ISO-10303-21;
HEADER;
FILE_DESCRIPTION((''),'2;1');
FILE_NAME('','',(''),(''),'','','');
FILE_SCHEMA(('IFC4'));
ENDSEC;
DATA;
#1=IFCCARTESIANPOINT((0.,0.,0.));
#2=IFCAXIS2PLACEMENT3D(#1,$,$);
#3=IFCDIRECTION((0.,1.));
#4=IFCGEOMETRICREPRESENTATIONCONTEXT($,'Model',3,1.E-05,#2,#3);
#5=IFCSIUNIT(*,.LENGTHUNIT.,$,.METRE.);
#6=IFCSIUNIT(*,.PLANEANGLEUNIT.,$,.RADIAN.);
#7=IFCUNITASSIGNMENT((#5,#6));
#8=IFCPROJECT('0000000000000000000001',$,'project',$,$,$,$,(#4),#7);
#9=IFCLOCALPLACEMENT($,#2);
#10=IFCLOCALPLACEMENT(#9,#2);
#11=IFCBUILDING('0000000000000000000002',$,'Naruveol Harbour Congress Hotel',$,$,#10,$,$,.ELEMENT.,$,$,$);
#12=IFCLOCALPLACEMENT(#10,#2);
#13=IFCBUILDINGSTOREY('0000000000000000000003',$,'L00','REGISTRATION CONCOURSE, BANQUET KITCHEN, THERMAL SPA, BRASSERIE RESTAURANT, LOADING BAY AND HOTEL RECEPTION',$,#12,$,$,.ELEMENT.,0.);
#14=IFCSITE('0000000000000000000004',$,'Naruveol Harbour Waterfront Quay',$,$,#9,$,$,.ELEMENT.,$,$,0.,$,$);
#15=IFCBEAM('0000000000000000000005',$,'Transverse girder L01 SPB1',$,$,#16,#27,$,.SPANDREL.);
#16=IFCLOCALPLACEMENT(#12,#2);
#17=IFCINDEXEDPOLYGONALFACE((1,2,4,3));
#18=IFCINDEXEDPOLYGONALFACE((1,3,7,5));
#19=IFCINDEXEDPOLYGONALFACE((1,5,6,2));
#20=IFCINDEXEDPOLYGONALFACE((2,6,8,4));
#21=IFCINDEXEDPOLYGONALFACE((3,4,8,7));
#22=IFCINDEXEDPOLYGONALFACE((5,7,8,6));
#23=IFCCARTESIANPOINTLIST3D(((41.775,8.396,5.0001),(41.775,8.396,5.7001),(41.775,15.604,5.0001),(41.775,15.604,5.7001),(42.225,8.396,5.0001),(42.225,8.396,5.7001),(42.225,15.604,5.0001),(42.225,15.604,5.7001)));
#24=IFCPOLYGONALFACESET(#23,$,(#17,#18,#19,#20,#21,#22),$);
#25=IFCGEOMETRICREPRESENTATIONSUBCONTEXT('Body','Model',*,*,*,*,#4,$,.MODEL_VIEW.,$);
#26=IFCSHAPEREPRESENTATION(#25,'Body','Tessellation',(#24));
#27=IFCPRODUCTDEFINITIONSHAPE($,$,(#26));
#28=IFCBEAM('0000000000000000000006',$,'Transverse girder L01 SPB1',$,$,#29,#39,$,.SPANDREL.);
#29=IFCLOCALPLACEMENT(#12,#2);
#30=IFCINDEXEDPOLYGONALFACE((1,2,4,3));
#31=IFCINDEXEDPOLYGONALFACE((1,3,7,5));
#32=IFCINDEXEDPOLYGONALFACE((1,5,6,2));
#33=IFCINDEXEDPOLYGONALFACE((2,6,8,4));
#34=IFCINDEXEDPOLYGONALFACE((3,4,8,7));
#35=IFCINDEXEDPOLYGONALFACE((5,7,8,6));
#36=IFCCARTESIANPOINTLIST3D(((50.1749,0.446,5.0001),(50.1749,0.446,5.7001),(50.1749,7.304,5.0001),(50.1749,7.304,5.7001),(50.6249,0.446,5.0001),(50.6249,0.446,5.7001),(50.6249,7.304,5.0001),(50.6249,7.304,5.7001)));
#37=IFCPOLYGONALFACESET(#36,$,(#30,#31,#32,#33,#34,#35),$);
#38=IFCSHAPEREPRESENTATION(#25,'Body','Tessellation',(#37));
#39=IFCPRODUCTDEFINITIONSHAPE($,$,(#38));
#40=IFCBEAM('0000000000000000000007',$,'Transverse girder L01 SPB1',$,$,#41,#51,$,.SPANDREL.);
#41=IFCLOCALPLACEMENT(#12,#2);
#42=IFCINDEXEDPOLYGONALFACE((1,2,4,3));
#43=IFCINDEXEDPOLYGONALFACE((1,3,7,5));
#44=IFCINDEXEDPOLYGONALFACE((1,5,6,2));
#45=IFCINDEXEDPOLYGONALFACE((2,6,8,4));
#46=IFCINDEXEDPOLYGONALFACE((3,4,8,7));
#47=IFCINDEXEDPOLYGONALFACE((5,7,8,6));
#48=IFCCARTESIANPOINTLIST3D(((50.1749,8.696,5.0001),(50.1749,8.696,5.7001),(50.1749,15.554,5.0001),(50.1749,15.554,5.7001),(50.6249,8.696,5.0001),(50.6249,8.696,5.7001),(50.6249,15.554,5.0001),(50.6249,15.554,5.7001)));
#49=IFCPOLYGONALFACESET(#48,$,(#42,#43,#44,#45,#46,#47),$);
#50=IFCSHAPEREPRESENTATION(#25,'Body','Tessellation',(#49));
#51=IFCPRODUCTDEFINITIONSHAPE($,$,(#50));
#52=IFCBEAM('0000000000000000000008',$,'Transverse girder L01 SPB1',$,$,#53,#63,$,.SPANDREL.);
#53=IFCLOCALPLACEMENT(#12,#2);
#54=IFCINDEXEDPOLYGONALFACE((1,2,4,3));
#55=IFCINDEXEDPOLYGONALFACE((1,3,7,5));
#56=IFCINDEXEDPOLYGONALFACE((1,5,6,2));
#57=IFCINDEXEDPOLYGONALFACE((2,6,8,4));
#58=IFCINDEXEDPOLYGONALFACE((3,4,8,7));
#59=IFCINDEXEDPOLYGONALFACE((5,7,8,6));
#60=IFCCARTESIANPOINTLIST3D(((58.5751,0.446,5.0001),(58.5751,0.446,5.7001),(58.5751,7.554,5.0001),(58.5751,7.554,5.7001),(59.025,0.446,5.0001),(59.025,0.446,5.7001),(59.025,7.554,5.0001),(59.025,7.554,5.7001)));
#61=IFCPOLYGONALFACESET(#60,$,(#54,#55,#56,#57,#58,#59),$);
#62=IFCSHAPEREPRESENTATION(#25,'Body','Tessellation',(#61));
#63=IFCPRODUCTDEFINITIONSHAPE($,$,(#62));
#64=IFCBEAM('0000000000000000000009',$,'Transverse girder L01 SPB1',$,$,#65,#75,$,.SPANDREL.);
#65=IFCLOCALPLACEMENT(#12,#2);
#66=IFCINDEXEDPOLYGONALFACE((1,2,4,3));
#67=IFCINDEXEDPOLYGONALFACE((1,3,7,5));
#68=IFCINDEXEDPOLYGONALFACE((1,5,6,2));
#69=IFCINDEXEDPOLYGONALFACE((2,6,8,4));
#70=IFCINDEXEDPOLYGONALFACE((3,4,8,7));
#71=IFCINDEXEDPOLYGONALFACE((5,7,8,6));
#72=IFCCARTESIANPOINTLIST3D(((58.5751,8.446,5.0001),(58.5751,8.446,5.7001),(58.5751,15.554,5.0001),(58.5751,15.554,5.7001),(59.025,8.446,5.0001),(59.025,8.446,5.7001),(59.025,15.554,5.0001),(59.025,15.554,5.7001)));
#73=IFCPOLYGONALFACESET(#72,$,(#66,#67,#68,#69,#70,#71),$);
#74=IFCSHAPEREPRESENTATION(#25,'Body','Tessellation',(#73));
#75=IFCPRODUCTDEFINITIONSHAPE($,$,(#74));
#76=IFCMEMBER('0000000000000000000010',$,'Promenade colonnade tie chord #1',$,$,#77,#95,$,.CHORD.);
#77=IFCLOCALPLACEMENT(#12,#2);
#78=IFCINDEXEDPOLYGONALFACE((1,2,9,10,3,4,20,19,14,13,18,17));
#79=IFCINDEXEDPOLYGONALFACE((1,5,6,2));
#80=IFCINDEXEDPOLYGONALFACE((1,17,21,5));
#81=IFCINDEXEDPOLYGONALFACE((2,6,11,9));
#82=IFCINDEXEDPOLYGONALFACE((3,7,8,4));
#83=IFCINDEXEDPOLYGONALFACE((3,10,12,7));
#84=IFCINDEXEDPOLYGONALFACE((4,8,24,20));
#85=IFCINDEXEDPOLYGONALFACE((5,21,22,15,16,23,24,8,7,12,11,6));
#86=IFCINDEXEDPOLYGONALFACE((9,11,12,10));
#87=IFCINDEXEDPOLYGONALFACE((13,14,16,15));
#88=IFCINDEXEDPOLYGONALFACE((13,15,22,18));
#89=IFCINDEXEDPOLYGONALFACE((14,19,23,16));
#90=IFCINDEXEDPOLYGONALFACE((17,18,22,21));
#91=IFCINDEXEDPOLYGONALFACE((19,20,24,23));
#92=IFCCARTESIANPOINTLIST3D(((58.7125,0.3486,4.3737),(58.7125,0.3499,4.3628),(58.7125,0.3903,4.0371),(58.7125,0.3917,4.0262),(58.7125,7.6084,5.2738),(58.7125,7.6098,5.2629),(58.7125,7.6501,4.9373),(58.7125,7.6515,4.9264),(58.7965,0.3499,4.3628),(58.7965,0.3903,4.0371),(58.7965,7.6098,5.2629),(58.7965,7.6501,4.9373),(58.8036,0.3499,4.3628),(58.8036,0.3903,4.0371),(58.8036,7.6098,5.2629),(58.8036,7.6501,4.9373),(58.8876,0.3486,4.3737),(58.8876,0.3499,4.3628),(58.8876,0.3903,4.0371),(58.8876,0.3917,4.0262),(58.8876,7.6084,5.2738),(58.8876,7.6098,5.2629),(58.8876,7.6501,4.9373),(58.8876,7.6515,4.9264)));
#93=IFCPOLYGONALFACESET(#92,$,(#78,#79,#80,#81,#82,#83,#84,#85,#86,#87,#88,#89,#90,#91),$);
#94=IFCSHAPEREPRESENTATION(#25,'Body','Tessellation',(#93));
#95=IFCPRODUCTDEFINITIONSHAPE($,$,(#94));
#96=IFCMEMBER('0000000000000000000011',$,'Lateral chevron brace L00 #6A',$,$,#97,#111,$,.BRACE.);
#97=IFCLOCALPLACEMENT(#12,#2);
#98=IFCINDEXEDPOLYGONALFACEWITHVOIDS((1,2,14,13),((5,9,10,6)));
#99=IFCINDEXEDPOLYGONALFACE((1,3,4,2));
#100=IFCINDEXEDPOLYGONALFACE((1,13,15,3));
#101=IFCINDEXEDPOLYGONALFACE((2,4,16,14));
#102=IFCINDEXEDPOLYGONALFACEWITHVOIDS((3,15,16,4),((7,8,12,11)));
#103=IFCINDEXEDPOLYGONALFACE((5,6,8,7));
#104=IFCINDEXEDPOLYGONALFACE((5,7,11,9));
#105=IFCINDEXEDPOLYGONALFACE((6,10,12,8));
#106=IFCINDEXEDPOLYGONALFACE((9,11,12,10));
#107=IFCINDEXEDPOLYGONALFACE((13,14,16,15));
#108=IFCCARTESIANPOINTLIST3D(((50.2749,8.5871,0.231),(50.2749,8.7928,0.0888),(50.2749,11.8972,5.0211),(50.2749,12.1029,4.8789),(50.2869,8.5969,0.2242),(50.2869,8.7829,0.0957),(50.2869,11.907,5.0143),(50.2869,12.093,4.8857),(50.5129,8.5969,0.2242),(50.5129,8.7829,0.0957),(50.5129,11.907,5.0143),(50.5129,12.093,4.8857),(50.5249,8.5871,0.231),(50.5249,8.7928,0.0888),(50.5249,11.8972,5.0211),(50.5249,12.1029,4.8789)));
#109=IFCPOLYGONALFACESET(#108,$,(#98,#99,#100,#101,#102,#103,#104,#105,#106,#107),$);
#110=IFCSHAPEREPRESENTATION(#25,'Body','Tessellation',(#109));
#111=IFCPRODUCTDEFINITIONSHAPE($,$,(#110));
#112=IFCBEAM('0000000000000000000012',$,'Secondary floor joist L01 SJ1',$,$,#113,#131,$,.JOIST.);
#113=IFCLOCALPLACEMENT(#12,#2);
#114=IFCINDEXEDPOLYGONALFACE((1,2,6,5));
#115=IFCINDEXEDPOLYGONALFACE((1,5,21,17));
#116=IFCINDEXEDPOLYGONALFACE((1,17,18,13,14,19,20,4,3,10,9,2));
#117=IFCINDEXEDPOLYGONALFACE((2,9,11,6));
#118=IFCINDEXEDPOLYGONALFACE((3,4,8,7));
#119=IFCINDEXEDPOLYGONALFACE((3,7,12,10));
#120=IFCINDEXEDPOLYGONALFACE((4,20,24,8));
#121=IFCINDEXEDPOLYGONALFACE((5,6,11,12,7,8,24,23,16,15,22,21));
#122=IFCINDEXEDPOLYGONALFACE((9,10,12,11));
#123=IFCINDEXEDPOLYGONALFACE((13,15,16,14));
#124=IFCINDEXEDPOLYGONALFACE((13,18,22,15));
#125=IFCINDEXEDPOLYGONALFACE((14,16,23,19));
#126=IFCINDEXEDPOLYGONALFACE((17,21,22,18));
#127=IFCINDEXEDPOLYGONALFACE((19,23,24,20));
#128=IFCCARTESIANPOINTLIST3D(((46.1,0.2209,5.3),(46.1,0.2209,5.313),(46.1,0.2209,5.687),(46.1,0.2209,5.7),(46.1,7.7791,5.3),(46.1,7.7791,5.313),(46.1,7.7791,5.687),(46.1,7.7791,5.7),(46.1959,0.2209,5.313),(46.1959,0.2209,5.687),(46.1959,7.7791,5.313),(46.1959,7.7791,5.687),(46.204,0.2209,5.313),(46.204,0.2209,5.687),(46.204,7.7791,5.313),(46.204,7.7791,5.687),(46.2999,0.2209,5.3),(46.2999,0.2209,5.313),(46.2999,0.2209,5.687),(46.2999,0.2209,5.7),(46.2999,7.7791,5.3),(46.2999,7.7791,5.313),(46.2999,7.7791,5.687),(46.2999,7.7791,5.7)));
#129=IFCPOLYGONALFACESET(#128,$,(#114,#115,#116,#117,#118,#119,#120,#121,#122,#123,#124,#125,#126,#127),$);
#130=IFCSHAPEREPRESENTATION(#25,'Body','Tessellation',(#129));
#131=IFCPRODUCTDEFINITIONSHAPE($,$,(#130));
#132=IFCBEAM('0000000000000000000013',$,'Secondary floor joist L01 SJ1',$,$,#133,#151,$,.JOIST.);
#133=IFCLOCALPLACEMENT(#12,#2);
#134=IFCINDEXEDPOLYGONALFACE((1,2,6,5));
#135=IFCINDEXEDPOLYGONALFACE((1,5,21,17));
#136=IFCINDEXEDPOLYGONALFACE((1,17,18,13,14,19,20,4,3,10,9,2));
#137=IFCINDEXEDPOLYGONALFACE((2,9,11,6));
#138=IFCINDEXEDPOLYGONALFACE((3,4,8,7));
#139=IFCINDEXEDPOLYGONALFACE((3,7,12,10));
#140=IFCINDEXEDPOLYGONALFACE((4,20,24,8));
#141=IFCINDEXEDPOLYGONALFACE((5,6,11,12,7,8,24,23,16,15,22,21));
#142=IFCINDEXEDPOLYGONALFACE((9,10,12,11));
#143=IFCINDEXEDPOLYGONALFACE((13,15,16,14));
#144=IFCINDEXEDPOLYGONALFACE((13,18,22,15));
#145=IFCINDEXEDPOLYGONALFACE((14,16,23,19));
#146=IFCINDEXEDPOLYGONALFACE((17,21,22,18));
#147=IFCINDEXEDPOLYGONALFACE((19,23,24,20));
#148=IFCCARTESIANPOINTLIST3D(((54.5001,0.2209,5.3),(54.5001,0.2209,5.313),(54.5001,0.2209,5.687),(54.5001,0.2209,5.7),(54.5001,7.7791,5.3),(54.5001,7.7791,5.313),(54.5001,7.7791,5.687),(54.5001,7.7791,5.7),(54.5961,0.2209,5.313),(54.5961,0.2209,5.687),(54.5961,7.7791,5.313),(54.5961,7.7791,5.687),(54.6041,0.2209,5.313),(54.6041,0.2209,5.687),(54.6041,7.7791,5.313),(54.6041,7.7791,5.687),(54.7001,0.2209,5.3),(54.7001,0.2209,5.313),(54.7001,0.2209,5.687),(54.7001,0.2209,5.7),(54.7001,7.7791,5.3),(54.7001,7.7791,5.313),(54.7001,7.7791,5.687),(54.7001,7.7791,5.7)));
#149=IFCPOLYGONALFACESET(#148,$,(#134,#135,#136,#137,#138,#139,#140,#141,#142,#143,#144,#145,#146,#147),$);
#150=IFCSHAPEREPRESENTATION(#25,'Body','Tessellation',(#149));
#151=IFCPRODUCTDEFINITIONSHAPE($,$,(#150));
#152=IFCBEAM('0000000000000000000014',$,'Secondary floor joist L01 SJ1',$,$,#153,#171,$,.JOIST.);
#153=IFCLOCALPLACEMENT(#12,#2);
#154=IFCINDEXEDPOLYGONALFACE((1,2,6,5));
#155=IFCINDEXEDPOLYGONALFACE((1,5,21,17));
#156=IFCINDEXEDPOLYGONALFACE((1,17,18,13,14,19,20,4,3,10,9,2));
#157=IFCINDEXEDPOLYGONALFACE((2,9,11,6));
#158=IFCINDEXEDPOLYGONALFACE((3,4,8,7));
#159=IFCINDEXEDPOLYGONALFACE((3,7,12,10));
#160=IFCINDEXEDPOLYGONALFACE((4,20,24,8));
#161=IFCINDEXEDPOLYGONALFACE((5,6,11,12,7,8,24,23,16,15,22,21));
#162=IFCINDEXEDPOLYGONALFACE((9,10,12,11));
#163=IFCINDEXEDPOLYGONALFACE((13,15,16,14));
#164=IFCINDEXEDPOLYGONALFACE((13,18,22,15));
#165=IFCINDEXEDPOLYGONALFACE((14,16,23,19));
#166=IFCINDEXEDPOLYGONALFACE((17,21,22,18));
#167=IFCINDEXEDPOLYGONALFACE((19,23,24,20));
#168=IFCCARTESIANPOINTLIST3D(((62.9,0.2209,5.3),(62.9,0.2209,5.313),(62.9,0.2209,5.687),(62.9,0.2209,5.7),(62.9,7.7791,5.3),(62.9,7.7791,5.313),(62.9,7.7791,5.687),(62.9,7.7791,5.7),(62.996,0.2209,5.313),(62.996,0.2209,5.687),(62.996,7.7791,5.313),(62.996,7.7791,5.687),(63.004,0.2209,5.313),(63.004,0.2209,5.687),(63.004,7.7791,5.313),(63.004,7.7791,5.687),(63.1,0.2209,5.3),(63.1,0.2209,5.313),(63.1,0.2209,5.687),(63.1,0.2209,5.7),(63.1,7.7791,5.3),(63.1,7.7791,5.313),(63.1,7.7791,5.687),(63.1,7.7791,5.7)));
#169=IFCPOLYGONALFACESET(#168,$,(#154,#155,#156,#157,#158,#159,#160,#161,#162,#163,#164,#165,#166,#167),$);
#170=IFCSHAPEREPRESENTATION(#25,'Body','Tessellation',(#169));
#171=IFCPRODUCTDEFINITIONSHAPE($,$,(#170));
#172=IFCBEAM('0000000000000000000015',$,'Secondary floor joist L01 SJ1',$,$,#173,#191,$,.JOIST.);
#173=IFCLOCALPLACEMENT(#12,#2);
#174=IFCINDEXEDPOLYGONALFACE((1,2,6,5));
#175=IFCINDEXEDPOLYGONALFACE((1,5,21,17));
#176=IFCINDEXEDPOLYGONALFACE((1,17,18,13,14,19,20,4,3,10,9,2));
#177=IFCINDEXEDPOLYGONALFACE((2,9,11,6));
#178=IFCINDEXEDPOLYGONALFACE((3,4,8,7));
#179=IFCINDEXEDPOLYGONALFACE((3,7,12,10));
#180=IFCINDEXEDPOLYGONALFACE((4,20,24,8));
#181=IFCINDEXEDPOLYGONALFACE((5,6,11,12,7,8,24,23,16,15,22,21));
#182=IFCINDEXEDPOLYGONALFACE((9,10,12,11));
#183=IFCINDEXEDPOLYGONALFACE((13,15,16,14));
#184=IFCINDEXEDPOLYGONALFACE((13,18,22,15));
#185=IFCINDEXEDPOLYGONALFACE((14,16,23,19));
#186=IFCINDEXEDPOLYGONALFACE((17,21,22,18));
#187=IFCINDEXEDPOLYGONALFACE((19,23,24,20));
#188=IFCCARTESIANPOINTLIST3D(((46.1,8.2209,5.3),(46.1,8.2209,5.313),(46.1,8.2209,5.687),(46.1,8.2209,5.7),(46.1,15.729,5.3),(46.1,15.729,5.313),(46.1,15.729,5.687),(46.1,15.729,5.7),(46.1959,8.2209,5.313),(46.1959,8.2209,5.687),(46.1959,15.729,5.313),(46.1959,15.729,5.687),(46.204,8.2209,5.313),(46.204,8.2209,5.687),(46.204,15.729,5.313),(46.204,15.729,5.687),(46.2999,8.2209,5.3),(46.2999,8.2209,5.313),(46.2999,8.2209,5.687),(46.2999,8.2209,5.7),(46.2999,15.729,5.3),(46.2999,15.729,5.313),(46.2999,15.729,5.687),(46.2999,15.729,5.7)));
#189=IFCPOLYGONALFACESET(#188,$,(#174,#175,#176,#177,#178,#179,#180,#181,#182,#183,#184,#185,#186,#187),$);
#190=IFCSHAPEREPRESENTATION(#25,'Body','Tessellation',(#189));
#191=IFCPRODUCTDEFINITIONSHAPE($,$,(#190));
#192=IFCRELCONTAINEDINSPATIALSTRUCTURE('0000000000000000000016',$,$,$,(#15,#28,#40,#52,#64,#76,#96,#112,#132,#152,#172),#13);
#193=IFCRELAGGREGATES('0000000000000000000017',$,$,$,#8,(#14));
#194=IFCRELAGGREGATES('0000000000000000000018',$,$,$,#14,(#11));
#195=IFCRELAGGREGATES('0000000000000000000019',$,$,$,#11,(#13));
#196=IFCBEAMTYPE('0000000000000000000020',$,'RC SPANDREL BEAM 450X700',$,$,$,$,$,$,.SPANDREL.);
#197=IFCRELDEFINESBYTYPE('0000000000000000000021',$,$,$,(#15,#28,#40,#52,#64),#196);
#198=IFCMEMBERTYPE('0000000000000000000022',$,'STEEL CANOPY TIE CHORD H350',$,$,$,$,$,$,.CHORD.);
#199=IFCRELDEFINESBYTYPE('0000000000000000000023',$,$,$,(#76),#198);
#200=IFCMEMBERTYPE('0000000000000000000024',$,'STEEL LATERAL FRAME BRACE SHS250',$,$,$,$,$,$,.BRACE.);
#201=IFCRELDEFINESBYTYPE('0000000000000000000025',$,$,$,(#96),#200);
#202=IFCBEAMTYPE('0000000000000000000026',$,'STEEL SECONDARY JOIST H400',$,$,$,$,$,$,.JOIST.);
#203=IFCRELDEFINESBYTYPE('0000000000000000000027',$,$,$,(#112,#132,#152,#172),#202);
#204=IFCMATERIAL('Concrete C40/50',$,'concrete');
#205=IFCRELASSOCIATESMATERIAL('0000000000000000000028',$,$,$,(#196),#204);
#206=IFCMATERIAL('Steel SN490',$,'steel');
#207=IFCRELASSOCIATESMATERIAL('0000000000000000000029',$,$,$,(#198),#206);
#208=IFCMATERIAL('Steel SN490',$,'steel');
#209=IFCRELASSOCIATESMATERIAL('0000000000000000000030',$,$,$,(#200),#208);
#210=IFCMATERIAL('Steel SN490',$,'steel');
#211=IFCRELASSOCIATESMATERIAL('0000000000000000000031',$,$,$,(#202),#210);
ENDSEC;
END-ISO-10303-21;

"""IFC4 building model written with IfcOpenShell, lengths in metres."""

from ifc_helpers import new_model, si_unit, direction, frame, origin, origin_2d, place, context, subcontext, project, spatial, rectangle, hollow_rectangle, i_section, extrude, material, material_profile, profile_set, type_object, element, save


model = new_model("IFC4")

# Units and contexts
model_context = context("Model", 3, precision=1e-05, world=origin(), true_north=direction((0.0, 1.0)))
body_context = subcontext(model_context, "Body", "Model", "MODEL_VIEW")
ifc_project = project(units=[si_unit("LENGTHUNIT", "METRE"), si_unit("PLANEANGLEUNIT", "RADIAN")], contexts=[model_context])

# Site, building, storey
site_placement = place(None, origin())
site = spatial("IfcSite", under=ifc_project, at=site_placement, Name="Naruveol Harbour Waterfront Quay", CompositionType="ELEMENT", RefElevation=0.0)
building_placement = place(site_placement, origin())
building = spatial("IfcBuilding", under=site, at=building_placement, Name="Naruveol Harbour Congress Hotel", CompositionType="ELEMENT")
storey_placement = place(building_placement, origin())
storey = spatial("IfcBuildingStorey", under=building, at=storey_placement, Name="L00", Description="REGISTRATION CONCOURSE, BANQUET KITCHEN, THERMAL SPA, BRASSERIE RESTAURANT, LOADING BAY AND HOTEL RECEPTION", CompositionType="ELEMENT", Elevation=0.0)

# Beams
ifc_material_1 = material(Name="Concrete C40/50", Category="concrete")
ifc_material_profile_1 = material_profile(ifc_material_1, rectangle(XDim=0.45, YDim=0.7, at=origin_2d()), Name="RCB-450x700")
ifc_profile_set_1 = profile_set([ifc_material_profile_1], Name="Concrete C40/50")
beam_type_1 = type_object("IfcBeamType", Name="RC SPANDREL BEAM 450X700", PredefinedType="SPANDREL", material=ifc_profile_set_1)
beam_1_placement = place(storey_placement, frame((42.0, 8.396, 5.3501), z_axis=(0.0, 1.0, 0.0), x_axis=(-1.0, 0.0, 0.0)))
element("IfcBeam", 1, at=beam_1_placement, inside=storey, type_object=beam_type_1, Name="Transverse girder L01 SPB1", PredefinedType="SPANDREL", context=body_context, shape_type="SweptSolid", body=[
    extrude(rectangle(XDim=0.45, YDim=0.7, at=origin_2d()), origin(), (0.0, 0.0, 1.0), 7.208),
])
for number, where, z_axis, x_axis, name in (
    (2, (50.3999, 0.446, 5.3501), (0.0, 1.0, 0.0), (-1.0, 0.0, 0.0), "Transverse girder L01 SPB1"),
    (3, (50.3999, 8.696, 5.3501), (0.0, 1.0, 0.0), (-1.0, 0.0, 0.0), "Transverse girder L01 SPB1"),
):
    element("IfcBeam", number, at=place(storey_placement, frame(where, z_axis=z_axis, x_axis=x_axis)), inside=storey, type_object=beam_type_1, Name=name, PredefinedType="SPANDREL", context=body_context, shape_type="SweptSolid", body=[
        extrude(rectangle(XDim=0.45, YDim=0.7, at=origin_2d()), origin(), (0.0, 0.0, 1.0), 6.8579),
    ])
for number, where, z_axis, x_axis, name in (
    (4, (58.8, 0.446, 5.3501), (0.0, 1.0, 0.0), (-1.0, 0.0, 0.0), "Transverse girder L01 SPB1"),
    (5, (58.8, 8.446, 5.3501), (0.0, 1.0, 0.0), (-1.0, 0.0, 0.0), "Transverse girder L01 SPB1"),
):
    element("IfcBeam", number, at=place(storey_placement, frame(where, z_axis=z_axis, x_axis=x_axis)), inside=storey, type_object=beam_type_1, Name=name, PredefinedType="SPANDREL", context=body_context, shape_type="SweptSolid", body=[
        extrude(rectangle(XDim=0.45, YDim=0.7, at=origin_2d()), origin(), (0.0, 0.0, 1.0), 7.1079),
    ])

# Members
ifc_material_2 = material(Name="Steel SN490", Category="steel")
ifc_material_profile_2 = material_profile(ifc_material_2, i_section(OverallWidth=0.175, OverallDepth=0.3501, WebThickness=0.0071, FlangeThickness=0.011, at=origin_2d()), Name="H-350x175x7x11")
ifc_profile_set_2 = profile_set([ifc_material_profile_2], Name="Steel SN490")
member_type_1 = type_object("IfcMemberType", Name="STEEL CANOPY TIE CHORD H350", PredefinedType="CHORD", material=ifc_profile_set_2)
member_1_placement = place(storey_placement, frame((58.8, 0.3701, 4.2), z_axis=(0.0, 0.992401, 0.123049), x_axis=(-1.0, 0.0, 0.0)))
element("IfcMember", 6, at=member_1_placement, inside=storey, type_object=member_type_1, Name="Promenade colonnade tie chord #1", PredefinedType="CHORD", context=body_context, shape_type="SweptSolid", body=[
    extrude(i_section(OverallWidth=0.175, OverallDepth=0.3501, WebThickness=0.0071, FlangeThickness=0.011, at=origin_2d()), origin(), (0.0, 0.0, 1.0), 7.3154),
])
ifc_material_3 = material(Name="Steel SN490", Category="steel")
ifc_material_profile_3 = material_profile(ifc_material_3, hollow_rectangle(XDim=0.25, YDim=0.25, WallThickness=0.012, at=origin_2d()), Name="SHS-250x250x12")
ifc_profile_set_3 = profile_set([ifc_material_profile_3], Name="Steel SN490")
member_type_2 = type_object("IfcMemberType", Name="STEEL LATERAL FRAME BRACE SHS250", PredefinedType="BRACE", material=ifc_profile_set_3)
member_2_placement = place(storey_placement, frame((50.3999, 8.6899, 0.1599), z_axis=(0.0, 0.568499, 0.822684), x_axis=(-1.0, 0.0, 0.0)))
element("IfcMember", 7, at=member_2_placement, inside=storey, type_object=member_type_2, Name="Lateral chevron brace L00 #6A", PredefinedType="BRACE", context=body_context, shape_type="SweptSolid", body=[
    extrude(hollow_rectangle(XDim=0.25, YDim=0.25, WallThickness=0.012, at=origin_2d()), origin(), (0.0, 0.0, 1.0), 5.8225),
])

# Beams
ifc_material_4 = material(Name="Steel SN490", Category="steel")
ifc_material_profile_4 = material_profile(ifc_material_4, i_section(OverallWidth=0.2, OverallDepth=0.3999, WebThickness=0.0081, FlangeThickness=0.0129, at=origin_2d()), Name="H-400x200x8x13")
ifc_profile_set_4 = profile_set([ifc_material_profile_4], Name="Steel SN490")
beam_type_2 = type_object("IfcBeamType", Name="STEEL SECONDARY JOIST H400", PredefinedType="JOIST", material=ifc_profile_set_4)
for number, where, z_axis, x_axis, name in (
    (8, (46.2, 0.2209, 5.5), (0.0, 1.0, 0.0), (-1.0, 0.0, 0.0), "Secondary floor joist L01 SJ1"),
    (9, (54.6001, 0.2209, 5.5), (0.0, 1.0, 0.0), (-1.0, 0.0, 0.0), "Secondary floor joist L01 SJ1"),
    (10, (63.0, 0.2209, 5.5), (0.0, 1.0, 0.0), (-1.0, 0.0, 0.0), "Secondary floor joist L01 SJ1"),
):
    element("IfcBeam", number, at=place(storey_placement, frame(where, z_axis=z_axis, x_axis=x_axis)), inside=storey, type_object=beam_type_2, Name=name, PredefinedType="JOIST", context=body_context, shape_type="SweptSolid", body=[
        extrude(i_section(OverallWidth=0.2, OverallDepth=0.3999, WebThickness=0.0081, FlangeThickness=0.0129, at=origin_2d()), origin(), (0.0, 0.0, 1.0), 7.5581),
    ])
for number, where, z_axis, x_axis, name in (
    (11, (46.2, 8.2209, 5.5), (0.0, 1.0, 0.0), (-1.0, 0.0, 0.0), "Secondary floor joist L01 SJ1"),
):
    element("IfcBeam", number, at=place(storey_placement, frame(where, z_axis=z_axis, x_axis=x_axis)), inside=storey, type_object=beam_type_2, Name=name, PredefinedType="JOIST", context=body_context, shape_type="SweptSolid", body=[
        extrude(i_section(OverallWidth=0.2, OverallDepth=0.3999, WebThickness=0.0081, FlangeThickness=0.0129, at=origin_2d()), origin(), (0.0, 0.0, 1.0), 7.5081),
    ])

save(model, "model.ifc")
